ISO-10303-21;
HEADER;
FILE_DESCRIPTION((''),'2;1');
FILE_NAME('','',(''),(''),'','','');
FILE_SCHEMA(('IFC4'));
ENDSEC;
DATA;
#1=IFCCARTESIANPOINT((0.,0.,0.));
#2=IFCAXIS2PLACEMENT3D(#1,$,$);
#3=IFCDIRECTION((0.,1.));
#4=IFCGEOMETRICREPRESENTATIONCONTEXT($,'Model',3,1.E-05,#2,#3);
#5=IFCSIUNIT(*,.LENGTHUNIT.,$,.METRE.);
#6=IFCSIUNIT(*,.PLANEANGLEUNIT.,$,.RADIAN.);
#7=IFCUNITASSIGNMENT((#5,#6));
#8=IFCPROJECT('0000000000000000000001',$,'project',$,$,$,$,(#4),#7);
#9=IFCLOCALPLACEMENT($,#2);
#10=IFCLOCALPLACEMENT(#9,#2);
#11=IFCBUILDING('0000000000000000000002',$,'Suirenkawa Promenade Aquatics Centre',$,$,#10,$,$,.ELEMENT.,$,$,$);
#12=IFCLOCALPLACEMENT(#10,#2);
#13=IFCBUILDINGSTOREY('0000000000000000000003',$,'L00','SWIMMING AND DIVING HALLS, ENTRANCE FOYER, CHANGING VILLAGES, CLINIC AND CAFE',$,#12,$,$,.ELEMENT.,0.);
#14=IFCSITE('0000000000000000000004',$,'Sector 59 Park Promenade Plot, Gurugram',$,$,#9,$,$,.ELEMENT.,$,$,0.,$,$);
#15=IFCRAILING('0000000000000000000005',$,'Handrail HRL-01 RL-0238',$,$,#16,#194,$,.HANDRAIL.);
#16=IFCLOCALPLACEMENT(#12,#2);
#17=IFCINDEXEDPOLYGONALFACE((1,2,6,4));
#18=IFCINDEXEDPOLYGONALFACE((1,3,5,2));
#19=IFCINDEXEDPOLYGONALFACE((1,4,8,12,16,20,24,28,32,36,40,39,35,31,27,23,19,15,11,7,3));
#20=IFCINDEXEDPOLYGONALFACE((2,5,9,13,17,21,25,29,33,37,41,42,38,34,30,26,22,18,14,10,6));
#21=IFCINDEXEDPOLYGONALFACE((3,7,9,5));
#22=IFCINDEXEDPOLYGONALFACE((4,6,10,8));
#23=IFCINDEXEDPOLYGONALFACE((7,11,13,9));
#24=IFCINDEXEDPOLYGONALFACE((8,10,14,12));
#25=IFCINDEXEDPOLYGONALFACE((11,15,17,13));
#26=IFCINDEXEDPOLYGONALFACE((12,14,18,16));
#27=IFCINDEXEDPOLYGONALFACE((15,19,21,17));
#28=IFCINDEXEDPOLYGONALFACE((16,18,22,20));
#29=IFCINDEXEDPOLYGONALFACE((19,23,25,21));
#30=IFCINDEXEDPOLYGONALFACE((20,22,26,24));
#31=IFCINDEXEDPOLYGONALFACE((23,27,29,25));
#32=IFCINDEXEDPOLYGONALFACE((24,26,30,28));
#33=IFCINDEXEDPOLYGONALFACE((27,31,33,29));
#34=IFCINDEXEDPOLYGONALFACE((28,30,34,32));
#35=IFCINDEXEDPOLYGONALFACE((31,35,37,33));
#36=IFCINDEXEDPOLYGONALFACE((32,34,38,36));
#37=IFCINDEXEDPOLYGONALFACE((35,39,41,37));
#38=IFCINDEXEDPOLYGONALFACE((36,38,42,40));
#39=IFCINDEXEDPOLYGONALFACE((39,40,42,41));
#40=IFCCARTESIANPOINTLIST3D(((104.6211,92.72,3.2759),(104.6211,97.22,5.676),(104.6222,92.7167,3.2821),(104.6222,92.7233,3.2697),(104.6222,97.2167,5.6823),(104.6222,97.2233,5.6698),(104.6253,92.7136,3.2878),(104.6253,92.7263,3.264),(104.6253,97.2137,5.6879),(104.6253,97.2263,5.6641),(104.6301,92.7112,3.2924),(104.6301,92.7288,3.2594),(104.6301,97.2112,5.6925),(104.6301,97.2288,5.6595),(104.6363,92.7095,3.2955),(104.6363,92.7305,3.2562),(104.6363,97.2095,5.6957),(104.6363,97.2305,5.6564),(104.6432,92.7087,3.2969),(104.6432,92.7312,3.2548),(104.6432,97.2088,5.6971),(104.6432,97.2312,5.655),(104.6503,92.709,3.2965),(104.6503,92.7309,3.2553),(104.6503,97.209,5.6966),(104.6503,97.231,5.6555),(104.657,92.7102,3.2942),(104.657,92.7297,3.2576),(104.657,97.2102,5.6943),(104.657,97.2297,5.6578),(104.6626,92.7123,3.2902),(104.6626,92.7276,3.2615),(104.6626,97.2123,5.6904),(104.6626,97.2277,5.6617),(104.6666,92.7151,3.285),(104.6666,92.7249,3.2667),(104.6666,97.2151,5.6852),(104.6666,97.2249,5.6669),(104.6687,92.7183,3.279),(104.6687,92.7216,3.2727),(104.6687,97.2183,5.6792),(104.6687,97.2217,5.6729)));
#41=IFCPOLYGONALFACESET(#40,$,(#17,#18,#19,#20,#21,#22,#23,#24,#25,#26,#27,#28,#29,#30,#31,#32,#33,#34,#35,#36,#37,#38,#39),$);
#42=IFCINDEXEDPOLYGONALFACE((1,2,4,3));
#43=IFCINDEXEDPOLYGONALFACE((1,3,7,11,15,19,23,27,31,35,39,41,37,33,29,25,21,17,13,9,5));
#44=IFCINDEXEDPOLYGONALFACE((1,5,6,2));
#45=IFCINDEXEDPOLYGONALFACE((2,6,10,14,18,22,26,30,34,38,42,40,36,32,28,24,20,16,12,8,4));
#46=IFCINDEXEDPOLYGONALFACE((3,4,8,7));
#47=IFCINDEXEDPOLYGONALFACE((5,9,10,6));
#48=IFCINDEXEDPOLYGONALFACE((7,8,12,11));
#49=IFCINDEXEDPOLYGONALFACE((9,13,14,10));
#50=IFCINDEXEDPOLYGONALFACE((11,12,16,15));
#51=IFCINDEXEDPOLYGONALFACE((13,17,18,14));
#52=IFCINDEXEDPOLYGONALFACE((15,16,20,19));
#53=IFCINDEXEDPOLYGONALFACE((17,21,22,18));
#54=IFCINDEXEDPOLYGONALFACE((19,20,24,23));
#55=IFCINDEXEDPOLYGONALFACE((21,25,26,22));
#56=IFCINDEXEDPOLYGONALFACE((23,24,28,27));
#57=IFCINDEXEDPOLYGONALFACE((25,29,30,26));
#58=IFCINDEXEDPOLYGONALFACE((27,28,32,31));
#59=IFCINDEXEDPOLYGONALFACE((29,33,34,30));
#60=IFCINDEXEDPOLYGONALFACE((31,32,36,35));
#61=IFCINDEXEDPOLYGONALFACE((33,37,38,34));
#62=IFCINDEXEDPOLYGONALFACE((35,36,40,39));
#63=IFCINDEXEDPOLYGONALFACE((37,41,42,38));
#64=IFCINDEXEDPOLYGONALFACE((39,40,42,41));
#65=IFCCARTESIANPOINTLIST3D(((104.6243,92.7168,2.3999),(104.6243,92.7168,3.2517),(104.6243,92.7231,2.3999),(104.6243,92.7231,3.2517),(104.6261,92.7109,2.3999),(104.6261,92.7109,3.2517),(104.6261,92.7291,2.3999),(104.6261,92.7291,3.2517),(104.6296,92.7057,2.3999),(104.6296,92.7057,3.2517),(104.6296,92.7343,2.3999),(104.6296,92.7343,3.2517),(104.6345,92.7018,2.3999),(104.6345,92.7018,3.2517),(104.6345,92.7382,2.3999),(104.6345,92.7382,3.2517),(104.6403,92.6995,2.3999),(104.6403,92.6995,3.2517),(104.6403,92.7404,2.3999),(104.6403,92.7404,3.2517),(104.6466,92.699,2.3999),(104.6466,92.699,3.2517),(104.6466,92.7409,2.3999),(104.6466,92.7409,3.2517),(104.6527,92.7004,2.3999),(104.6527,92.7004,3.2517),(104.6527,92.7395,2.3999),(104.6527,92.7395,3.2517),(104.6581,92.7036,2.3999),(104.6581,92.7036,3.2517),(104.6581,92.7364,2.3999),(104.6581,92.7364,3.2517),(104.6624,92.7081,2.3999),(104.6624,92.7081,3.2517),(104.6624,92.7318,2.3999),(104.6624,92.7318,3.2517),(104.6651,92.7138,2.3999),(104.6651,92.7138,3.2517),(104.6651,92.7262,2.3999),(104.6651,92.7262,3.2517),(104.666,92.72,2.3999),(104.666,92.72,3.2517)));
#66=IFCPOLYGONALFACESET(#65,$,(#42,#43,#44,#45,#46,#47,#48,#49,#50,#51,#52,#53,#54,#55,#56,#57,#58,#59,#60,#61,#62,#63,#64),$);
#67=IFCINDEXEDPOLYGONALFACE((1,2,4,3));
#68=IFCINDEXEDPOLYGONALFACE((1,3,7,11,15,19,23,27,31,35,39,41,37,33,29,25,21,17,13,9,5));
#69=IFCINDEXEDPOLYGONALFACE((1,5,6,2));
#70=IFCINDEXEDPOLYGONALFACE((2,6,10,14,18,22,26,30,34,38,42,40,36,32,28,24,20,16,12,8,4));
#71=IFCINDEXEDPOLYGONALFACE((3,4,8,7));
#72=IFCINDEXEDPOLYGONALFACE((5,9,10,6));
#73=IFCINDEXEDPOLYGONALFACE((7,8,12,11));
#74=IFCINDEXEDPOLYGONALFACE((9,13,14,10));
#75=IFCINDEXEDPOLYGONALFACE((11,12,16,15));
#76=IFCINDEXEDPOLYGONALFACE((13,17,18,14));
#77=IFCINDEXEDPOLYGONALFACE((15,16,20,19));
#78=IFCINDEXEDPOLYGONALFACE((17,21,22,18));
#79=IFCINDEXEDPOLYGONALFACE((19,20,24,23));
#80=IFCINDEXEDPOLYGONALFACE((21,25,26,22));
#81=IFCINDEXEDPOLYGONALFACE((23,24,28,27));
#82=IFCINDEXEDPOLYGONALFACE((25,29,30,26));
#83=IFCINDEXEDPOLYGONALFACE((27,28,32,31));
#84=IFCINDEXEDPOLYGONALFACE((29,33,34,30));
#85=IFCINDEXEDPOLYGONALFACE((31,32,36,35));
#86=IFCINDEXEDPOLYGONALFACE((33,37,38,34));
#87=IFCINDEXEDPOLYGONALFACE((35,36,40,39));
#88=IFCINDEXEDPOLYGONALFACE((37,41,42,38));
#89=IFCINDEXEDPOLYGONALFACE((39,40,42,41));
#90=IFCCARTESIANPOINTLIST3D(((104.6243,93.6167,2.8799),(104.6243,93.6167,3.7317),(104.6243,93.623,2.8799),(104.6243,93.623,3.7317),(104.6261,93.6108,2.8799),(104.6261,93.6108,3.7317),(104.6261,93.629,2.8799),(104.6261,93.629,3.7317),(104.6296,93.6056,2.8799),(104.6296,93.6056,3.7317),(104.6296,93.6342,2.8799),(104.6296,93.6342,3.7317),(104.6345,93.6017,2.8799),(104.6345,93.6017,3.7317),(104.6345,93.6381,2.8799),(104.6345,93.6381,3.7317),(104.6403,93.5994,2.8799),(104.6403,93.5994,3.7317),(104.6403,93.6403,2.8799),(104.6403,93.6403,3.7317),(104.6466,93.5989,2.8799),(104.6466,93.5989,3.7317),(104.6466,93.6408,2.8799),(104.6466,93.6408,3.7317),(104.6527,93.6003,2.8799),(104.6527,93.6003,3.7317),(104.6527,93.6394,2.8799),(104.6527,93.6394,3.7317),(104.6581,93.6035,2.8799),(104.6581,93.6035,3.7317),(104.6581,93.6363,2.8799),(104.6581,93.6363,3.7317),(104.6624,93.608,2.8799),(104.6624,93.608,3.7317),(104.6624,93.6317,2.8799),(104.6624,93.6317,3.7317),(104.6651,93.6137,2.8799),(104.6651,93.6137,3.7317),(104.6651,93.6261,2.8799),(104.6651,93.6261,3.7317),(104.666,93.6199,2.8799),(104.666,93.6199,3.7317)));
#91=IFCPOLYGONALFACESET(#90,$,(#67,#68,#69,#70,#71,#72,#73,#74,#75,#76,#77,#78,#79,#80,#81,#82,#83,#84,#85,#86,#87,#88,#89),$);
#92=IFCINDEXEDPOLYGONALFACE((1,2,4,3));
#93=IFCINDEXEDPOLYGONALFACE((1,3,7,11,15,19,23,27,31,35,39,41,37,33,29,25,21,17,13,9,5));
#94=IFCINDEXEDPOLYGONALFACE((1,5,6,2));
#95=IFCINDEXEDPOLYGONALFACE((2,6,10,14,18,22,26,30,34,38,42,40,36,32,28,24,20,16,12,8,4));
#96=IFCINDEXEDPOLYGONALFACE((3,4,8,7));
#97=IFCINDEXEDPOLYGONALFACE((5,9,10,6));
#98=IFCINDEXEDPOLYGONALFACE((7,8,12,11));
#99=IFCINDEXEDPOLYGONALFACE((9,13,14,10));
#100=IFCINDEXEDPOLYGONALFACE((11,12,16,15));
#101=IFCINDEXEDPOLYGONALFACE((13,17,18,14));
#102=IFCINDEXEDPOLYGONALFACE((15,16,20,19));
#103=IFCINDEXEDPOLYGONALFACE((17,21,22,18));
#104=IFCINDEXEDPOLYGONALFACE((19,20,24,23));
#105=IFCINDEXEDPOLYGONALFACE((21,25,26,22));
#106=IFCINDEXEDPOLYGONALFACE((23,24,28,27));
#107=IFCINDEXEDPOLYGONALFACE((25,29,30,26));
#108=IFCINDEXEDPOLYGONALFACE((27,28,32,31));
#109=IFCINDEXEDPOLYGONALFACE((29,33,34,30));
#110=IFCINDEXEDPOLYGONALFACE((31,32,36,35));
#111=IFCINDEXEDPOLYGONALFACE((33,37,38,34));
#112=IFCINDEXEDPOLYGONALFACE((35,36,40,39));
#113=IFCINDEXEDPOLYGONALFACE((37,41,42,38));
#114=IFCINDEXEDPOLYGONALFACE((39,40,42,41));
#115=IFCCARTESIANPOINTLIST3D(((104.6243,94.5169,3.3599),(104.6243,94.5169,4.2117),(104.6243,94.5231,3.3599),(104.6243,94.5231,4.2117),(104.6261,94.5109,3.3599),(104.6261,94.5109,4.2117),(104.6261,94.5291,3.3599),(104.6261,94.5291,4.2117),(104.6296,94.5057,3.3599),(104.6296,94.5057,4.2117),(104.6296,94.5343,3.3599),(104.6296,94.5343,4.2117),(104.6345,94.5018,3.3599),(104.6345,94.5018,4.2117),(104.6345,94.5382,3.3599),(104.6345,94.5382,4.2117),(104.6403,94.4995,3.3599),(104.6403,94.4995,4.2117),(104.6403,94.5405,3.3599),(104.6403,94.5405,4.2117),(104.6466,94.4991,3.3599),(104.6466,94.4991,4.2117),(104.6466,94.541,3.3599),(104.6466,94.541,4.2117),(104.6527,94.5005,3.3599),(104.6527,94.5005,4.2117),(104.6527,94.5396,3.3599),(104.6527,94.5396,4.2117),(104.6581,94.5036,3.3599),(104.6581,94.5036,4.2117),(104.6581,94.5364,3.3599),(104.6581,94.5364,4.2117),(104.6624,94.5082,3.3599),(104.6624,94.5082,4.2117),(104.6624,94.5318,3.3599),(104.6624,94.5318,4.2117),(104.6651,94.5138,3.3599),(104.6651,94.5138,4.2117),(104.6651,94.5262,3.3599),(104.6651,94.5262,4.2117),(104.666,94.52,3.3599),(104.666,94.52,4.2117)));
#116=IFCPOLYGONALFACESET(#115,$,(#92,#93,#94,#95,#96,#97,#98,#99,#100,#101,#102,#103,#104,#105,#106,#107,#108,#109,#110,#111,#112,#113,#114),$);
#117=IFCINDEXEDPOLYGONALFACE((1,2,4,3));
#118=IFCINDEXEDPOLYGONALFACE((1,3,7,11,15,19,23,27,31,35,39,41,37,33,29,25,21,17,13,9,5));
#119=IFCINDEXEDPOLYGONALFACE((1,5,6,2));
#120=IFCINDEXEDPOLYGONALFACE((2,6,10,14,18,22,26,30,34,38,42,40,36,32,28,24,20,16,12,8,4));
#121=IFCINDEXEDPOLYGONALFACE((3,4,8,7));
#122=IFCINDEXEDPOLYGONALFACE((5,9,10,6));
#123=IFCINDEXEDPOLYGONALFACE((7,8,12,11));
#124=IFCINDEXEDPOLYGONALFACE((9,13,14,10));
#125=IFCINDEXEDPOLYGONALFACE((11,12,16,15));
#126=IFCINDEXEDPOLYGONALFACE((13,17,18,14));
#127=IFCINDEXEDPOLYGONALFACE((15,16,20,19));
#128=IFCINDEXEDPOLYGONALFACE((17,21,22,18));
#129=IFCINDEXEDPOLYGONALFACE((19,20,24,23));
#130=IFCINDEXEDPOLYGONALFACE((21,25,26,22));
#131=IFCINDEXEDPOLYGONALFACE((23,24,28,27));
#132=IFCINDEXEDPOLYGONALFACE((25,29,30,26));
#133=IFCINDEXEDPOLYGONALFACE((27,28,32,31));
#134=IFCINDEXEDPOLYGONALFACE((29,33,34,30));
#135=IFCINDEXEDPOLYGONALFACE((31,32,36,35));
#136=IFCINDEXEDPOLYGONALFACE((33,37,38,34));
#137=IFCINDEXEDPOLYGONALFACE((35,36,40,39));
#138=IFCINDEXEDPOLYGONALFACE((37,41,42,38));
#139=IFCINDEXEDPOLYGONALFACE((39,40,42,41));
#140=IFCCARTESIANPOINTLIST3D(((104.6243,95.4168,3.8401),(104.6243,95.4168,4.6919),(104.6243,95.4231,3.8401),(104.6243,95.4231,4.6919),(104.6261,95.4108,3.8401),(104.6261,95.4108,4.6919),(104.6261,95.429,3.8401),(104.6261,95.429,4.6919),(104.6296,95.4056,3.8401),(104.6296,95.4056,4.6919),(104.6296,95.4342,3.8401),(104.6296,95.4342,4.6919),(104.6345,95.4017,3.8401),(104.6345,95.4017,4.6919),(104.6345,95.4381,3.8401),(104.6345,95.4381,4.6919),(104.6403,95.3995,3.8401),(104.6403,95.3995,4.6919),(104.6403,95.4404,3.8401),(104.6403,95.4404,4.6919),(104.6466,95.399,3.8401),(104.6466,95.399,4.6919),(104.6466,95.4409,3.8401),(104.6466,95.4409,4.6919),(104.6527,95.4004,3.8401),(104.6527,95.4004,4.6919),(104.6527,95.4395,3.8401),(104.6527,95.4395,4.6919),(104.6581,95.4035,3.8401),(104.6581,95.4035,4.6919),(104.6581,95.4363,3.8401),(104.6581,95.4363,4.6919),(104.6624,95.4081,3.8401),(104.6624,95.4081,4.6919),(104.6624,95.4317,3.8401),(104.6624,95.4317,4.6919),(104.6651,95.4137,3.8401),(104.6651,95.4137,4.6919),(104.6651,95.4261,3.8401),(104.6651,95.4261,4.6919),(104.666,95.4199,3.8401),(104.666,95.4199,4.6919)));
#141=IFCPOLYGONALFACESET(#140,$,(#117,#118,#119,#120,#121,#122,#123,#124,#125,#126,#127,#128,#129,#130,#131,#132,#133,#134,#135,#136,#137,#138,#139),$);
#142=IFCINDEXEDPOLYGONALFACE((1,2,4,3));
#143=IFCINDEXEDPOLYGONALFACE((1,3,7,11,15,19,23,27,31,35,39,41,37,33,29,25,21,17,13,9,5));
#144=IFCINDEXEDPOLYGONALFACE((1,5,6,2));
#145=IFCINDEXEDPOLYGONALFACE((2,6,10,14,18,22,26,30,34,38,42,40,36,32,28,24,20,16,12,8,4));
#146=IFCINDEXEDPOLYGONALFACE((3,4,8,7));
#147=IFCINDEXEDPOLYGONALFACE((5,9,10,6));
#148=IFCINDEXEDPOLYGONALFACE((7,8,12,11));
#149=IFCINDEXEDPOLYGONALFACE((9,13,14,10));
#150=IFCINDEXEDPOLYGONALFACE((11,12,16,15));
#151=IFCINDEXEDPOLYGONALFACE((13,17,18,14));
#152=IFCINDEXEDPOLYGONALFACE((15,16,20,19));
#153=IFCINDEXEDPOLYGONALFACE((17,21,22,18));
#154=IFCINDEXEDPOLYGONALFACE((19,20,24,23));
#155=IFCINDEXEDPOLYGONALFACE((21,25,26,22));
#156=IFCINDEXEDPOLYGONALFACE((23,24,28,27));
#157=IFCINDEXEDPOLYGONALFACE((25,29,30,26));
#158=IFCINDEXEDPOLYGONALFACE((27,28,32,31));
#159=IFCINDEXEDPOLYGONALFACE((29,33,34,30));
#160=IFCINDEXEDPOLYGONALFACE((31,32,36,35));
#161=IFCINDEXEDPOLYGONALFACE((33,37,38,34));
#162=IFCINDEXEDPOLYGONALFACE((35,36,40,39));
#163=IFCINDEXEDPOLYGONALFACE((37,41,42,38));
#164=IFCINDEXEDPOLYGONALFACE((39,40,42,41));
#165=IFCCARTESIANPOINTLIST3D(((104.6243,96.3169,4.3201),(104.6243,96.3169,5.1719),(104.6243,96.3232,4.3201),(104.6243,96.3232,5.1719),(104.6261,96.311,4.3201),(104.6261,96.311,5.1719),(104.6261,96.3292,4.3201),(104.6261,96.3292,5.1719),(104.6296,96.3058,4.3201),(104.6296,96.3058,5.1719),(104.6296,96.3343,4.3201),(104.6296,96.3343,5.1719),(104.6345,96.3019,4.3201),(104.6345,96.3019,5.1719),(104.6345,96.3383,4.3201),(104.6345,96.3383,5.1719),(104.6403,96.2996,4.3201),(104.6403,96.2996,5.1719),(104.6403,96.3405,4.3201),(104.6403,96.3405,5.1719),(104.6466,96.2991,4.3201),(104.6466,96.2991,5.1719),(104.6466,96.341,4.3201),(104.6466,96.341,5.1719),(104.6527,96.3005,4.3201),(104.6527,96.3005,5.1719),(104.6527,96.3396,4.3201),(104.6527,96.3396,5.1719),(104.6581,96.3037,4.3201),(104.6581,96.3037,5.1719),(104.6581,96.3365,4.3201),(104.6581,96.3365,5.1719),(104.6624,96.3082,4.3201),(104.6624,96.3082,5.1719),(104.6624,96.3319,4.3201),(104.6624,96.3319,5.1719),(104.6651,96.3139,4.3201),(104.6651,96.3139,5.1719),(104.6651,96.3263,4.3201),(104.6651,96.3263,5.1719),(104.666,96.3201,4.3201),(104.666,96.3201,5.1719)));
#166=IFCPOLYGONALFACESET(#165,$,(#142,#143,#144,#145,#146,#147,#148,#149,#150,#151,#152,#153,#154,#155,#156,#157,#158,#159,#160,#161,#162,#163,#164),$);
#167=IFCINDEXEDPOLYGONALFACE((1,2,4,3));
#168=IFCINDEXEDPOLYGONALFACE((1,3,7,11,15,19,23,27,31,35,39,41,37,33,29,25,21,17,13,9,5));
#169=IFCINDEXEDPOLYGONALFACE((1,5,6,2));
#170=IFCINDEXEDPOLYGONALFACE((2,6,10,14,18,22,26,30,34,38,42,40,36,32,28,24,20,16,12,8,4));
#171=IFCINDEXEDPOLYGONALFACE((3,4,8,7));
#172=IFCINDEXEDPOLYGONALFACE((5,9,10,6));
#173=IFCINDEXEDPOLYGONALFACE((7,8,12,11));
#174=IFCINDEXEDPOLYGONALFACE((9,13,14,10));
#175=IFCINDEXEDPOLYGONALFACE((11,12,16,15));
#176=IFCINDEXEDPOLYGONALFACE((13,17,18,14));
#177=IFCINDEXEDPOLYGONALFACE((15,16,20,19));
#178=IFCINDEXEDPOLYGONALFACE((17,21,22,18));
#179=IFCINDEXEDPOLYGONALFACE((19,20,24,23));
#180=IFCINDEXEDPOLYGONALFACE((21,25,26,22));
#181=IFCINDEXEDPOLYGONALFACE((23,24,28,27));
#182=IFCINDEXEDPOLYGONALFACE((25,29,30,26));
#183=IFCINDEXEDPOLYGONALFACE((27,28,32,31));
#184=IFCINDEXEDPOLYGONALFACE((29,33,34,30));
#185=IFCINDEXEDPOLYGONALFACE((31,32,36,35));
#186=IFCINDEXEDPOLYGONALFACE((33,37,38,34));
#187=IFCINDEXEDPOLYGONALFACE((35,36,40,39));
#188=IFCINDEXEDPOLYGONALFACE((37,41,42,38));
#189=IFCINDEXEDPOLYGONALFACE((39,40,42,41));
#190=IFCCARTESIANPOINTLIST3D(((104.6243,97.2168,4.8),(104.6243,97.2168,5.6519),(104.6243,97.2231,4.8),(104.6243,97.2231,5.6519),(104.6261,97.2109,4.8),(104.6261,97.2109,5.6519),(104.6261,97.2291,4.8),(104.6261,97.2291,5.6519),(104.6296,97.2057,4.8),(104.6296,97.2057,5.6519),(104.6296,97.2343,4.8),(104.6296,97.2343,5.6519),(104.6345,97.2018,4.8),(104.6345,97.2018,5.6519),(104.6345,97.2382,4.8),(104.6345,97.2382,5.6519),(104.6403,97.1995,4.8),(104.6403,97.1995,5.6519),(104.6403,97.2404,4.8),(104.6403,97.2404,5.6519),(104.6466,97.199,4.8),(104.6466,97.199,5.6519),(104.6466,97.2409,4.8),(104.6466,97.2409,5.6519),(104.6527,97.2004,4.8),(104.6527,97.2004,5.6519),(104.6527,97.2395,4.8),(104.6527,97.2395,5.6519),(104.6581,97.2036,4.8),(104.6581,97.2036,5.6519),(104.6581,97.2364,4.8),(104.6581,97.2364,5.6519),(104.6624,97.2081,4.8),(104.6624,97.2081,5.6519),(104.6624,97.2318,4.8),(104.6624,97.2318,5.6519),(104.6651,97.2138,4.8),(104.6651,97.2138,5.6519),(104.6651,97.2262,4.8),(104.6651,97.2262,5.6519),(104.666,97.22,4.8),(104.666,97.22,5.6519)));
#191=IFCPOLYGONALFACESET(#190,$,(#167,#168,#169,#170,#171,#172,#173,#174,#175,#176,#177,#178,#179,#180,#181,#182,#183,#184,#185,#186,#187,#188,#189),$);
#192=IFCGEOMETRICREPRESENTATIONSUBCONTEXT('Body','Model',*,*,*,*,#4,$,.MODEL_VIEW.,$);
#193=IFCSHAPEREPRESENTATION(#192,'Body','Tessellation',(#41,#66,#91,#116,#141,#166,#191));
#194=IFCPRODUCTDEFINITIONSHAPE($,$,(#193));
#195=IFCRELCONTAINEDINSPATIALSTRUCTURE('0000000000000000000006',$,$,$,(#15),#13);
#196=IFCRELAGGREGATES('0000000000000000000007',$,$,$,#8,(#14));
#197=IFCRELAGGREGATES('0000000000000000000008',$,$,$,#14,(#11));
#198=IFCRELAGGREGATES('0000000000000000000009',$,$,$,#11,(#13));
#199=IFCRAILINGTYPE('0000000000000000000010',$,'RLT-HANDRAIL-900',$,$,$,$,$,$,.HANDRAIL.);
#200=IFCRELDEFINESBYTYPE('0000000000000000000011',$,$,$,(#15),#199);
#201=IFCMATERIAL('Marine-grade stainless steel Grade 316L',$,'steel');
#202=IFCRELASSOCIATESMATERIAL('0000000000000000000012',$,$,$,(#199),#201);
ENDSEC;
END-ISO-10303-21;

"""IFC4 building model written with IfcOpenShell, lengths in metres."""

from ifc_helpers import new_model, si_unit, direction, frame, origin, origin_2d, place, context, subcontext, project, spatial, circle, extrude, material, type_object, element, save


model = new_model("IFC4")

# Units and contexts
model_context = context("Model", 3, precision=1e-05, world=origin(), true_north=direction((0.0, 1.0)))
body_context = subcontext(model_context, "Body", "Model", "MODEL_VIEW")
ifc_project = project(units=[si_unit("LENGTHUNIT", "METRE"), si_unit("PLANEANGLEUNIT", "RADIAN")], contexts=[model_context])

# Site, building, storey
site_placement = place(None, origin())
site = spatial("IfcSite", under=ifc_project, at=site_placement, Name="Sector 59 Park Promenade Plot, Gurugram", CompositionType="ELEMENT", RefElevation=0.0)
building_placement = place(site_placement, origin())
building = spatial("IfcBuilding", under=site, at=building_placement, Name="Suirenkawa Promenade Aquatics Centre", CompositionType="ELEMENT")
storey_placement = place(building_placement, origin())
storey = spatial("IfcBuildingStorey", under=building, at=storey_placement, Name="L00", Description="SWIMMING AND DIVING HALLS, ENTRANCE FOYER, CHANGING VILLAGES, CLINIC AND CAFE", CompositionType="ELEMENT", Elevation=0.0)

# Railing
ifc_material_1 = material(Name="Marine-grade stainless steel Grade 316L", Category="steel")
railing_type_1 = type_object("IfcRailingType", Name="RLT-HANDRAIL-900", PredefinedType="HANDRAIL", material=ifc_material_1)
for number, where, name in (
    (1, (104.645, 92.72, 2.3999), "Handrail HRL-01 RL-0238"),
):
    element("IfcRailing", number, at=place(storey_placement, frame(where)), inside=storey, type_object=railing_type_1, Name=name, PredefinedType="HANDRAIL", context=body_context, shape_type="SweptSolid", body=[
        extrude(circle(Radius=0.0239, at=origin_2d()), frame((0.0, 0.0, 0.876), z_axis=(0.0, 0.882341, 0.470611), x_axis=(-1.0, 0.0, 0.0)), (0.0, 0.0, 1.0), 5.1001),
        extrude(circle(Radius=0.021, at=origin_2d()), origin(), (0.0, 0.0, 1.0), 0.8518),
        extrude(circle(Radius=0.021, at=origin_2d()), frame((0.0, 0.8999, 0.48)), (0.0, 0.0, 1.0), 0.8518),
        extrude(circle(Radius=0.021, at=origin_2d()), frame((0.0, 1.8, 0.96)), (0.0, 0.0, 1.0), 0.8518),
        extrude(circle(Radius=0.021, at=origin_2d()), frame((0.0, 2.7, 1.4402)), (0.0, 0.0, 1.0), 0.8518),
        extrude(circle(Radius=0.021, at=origin_2d()), frame((0.0, 3.6001, 1.9202)), (0.0, 0.0, 1.0), 0.8518),
        extrude(circle(Radius=0.021, at=origin_2d()), frame((0.0, 4.5, 2.4001)), (0.0, 0.0, 1.0), 0.8518),
    ])

save(model, "model.ifc")
